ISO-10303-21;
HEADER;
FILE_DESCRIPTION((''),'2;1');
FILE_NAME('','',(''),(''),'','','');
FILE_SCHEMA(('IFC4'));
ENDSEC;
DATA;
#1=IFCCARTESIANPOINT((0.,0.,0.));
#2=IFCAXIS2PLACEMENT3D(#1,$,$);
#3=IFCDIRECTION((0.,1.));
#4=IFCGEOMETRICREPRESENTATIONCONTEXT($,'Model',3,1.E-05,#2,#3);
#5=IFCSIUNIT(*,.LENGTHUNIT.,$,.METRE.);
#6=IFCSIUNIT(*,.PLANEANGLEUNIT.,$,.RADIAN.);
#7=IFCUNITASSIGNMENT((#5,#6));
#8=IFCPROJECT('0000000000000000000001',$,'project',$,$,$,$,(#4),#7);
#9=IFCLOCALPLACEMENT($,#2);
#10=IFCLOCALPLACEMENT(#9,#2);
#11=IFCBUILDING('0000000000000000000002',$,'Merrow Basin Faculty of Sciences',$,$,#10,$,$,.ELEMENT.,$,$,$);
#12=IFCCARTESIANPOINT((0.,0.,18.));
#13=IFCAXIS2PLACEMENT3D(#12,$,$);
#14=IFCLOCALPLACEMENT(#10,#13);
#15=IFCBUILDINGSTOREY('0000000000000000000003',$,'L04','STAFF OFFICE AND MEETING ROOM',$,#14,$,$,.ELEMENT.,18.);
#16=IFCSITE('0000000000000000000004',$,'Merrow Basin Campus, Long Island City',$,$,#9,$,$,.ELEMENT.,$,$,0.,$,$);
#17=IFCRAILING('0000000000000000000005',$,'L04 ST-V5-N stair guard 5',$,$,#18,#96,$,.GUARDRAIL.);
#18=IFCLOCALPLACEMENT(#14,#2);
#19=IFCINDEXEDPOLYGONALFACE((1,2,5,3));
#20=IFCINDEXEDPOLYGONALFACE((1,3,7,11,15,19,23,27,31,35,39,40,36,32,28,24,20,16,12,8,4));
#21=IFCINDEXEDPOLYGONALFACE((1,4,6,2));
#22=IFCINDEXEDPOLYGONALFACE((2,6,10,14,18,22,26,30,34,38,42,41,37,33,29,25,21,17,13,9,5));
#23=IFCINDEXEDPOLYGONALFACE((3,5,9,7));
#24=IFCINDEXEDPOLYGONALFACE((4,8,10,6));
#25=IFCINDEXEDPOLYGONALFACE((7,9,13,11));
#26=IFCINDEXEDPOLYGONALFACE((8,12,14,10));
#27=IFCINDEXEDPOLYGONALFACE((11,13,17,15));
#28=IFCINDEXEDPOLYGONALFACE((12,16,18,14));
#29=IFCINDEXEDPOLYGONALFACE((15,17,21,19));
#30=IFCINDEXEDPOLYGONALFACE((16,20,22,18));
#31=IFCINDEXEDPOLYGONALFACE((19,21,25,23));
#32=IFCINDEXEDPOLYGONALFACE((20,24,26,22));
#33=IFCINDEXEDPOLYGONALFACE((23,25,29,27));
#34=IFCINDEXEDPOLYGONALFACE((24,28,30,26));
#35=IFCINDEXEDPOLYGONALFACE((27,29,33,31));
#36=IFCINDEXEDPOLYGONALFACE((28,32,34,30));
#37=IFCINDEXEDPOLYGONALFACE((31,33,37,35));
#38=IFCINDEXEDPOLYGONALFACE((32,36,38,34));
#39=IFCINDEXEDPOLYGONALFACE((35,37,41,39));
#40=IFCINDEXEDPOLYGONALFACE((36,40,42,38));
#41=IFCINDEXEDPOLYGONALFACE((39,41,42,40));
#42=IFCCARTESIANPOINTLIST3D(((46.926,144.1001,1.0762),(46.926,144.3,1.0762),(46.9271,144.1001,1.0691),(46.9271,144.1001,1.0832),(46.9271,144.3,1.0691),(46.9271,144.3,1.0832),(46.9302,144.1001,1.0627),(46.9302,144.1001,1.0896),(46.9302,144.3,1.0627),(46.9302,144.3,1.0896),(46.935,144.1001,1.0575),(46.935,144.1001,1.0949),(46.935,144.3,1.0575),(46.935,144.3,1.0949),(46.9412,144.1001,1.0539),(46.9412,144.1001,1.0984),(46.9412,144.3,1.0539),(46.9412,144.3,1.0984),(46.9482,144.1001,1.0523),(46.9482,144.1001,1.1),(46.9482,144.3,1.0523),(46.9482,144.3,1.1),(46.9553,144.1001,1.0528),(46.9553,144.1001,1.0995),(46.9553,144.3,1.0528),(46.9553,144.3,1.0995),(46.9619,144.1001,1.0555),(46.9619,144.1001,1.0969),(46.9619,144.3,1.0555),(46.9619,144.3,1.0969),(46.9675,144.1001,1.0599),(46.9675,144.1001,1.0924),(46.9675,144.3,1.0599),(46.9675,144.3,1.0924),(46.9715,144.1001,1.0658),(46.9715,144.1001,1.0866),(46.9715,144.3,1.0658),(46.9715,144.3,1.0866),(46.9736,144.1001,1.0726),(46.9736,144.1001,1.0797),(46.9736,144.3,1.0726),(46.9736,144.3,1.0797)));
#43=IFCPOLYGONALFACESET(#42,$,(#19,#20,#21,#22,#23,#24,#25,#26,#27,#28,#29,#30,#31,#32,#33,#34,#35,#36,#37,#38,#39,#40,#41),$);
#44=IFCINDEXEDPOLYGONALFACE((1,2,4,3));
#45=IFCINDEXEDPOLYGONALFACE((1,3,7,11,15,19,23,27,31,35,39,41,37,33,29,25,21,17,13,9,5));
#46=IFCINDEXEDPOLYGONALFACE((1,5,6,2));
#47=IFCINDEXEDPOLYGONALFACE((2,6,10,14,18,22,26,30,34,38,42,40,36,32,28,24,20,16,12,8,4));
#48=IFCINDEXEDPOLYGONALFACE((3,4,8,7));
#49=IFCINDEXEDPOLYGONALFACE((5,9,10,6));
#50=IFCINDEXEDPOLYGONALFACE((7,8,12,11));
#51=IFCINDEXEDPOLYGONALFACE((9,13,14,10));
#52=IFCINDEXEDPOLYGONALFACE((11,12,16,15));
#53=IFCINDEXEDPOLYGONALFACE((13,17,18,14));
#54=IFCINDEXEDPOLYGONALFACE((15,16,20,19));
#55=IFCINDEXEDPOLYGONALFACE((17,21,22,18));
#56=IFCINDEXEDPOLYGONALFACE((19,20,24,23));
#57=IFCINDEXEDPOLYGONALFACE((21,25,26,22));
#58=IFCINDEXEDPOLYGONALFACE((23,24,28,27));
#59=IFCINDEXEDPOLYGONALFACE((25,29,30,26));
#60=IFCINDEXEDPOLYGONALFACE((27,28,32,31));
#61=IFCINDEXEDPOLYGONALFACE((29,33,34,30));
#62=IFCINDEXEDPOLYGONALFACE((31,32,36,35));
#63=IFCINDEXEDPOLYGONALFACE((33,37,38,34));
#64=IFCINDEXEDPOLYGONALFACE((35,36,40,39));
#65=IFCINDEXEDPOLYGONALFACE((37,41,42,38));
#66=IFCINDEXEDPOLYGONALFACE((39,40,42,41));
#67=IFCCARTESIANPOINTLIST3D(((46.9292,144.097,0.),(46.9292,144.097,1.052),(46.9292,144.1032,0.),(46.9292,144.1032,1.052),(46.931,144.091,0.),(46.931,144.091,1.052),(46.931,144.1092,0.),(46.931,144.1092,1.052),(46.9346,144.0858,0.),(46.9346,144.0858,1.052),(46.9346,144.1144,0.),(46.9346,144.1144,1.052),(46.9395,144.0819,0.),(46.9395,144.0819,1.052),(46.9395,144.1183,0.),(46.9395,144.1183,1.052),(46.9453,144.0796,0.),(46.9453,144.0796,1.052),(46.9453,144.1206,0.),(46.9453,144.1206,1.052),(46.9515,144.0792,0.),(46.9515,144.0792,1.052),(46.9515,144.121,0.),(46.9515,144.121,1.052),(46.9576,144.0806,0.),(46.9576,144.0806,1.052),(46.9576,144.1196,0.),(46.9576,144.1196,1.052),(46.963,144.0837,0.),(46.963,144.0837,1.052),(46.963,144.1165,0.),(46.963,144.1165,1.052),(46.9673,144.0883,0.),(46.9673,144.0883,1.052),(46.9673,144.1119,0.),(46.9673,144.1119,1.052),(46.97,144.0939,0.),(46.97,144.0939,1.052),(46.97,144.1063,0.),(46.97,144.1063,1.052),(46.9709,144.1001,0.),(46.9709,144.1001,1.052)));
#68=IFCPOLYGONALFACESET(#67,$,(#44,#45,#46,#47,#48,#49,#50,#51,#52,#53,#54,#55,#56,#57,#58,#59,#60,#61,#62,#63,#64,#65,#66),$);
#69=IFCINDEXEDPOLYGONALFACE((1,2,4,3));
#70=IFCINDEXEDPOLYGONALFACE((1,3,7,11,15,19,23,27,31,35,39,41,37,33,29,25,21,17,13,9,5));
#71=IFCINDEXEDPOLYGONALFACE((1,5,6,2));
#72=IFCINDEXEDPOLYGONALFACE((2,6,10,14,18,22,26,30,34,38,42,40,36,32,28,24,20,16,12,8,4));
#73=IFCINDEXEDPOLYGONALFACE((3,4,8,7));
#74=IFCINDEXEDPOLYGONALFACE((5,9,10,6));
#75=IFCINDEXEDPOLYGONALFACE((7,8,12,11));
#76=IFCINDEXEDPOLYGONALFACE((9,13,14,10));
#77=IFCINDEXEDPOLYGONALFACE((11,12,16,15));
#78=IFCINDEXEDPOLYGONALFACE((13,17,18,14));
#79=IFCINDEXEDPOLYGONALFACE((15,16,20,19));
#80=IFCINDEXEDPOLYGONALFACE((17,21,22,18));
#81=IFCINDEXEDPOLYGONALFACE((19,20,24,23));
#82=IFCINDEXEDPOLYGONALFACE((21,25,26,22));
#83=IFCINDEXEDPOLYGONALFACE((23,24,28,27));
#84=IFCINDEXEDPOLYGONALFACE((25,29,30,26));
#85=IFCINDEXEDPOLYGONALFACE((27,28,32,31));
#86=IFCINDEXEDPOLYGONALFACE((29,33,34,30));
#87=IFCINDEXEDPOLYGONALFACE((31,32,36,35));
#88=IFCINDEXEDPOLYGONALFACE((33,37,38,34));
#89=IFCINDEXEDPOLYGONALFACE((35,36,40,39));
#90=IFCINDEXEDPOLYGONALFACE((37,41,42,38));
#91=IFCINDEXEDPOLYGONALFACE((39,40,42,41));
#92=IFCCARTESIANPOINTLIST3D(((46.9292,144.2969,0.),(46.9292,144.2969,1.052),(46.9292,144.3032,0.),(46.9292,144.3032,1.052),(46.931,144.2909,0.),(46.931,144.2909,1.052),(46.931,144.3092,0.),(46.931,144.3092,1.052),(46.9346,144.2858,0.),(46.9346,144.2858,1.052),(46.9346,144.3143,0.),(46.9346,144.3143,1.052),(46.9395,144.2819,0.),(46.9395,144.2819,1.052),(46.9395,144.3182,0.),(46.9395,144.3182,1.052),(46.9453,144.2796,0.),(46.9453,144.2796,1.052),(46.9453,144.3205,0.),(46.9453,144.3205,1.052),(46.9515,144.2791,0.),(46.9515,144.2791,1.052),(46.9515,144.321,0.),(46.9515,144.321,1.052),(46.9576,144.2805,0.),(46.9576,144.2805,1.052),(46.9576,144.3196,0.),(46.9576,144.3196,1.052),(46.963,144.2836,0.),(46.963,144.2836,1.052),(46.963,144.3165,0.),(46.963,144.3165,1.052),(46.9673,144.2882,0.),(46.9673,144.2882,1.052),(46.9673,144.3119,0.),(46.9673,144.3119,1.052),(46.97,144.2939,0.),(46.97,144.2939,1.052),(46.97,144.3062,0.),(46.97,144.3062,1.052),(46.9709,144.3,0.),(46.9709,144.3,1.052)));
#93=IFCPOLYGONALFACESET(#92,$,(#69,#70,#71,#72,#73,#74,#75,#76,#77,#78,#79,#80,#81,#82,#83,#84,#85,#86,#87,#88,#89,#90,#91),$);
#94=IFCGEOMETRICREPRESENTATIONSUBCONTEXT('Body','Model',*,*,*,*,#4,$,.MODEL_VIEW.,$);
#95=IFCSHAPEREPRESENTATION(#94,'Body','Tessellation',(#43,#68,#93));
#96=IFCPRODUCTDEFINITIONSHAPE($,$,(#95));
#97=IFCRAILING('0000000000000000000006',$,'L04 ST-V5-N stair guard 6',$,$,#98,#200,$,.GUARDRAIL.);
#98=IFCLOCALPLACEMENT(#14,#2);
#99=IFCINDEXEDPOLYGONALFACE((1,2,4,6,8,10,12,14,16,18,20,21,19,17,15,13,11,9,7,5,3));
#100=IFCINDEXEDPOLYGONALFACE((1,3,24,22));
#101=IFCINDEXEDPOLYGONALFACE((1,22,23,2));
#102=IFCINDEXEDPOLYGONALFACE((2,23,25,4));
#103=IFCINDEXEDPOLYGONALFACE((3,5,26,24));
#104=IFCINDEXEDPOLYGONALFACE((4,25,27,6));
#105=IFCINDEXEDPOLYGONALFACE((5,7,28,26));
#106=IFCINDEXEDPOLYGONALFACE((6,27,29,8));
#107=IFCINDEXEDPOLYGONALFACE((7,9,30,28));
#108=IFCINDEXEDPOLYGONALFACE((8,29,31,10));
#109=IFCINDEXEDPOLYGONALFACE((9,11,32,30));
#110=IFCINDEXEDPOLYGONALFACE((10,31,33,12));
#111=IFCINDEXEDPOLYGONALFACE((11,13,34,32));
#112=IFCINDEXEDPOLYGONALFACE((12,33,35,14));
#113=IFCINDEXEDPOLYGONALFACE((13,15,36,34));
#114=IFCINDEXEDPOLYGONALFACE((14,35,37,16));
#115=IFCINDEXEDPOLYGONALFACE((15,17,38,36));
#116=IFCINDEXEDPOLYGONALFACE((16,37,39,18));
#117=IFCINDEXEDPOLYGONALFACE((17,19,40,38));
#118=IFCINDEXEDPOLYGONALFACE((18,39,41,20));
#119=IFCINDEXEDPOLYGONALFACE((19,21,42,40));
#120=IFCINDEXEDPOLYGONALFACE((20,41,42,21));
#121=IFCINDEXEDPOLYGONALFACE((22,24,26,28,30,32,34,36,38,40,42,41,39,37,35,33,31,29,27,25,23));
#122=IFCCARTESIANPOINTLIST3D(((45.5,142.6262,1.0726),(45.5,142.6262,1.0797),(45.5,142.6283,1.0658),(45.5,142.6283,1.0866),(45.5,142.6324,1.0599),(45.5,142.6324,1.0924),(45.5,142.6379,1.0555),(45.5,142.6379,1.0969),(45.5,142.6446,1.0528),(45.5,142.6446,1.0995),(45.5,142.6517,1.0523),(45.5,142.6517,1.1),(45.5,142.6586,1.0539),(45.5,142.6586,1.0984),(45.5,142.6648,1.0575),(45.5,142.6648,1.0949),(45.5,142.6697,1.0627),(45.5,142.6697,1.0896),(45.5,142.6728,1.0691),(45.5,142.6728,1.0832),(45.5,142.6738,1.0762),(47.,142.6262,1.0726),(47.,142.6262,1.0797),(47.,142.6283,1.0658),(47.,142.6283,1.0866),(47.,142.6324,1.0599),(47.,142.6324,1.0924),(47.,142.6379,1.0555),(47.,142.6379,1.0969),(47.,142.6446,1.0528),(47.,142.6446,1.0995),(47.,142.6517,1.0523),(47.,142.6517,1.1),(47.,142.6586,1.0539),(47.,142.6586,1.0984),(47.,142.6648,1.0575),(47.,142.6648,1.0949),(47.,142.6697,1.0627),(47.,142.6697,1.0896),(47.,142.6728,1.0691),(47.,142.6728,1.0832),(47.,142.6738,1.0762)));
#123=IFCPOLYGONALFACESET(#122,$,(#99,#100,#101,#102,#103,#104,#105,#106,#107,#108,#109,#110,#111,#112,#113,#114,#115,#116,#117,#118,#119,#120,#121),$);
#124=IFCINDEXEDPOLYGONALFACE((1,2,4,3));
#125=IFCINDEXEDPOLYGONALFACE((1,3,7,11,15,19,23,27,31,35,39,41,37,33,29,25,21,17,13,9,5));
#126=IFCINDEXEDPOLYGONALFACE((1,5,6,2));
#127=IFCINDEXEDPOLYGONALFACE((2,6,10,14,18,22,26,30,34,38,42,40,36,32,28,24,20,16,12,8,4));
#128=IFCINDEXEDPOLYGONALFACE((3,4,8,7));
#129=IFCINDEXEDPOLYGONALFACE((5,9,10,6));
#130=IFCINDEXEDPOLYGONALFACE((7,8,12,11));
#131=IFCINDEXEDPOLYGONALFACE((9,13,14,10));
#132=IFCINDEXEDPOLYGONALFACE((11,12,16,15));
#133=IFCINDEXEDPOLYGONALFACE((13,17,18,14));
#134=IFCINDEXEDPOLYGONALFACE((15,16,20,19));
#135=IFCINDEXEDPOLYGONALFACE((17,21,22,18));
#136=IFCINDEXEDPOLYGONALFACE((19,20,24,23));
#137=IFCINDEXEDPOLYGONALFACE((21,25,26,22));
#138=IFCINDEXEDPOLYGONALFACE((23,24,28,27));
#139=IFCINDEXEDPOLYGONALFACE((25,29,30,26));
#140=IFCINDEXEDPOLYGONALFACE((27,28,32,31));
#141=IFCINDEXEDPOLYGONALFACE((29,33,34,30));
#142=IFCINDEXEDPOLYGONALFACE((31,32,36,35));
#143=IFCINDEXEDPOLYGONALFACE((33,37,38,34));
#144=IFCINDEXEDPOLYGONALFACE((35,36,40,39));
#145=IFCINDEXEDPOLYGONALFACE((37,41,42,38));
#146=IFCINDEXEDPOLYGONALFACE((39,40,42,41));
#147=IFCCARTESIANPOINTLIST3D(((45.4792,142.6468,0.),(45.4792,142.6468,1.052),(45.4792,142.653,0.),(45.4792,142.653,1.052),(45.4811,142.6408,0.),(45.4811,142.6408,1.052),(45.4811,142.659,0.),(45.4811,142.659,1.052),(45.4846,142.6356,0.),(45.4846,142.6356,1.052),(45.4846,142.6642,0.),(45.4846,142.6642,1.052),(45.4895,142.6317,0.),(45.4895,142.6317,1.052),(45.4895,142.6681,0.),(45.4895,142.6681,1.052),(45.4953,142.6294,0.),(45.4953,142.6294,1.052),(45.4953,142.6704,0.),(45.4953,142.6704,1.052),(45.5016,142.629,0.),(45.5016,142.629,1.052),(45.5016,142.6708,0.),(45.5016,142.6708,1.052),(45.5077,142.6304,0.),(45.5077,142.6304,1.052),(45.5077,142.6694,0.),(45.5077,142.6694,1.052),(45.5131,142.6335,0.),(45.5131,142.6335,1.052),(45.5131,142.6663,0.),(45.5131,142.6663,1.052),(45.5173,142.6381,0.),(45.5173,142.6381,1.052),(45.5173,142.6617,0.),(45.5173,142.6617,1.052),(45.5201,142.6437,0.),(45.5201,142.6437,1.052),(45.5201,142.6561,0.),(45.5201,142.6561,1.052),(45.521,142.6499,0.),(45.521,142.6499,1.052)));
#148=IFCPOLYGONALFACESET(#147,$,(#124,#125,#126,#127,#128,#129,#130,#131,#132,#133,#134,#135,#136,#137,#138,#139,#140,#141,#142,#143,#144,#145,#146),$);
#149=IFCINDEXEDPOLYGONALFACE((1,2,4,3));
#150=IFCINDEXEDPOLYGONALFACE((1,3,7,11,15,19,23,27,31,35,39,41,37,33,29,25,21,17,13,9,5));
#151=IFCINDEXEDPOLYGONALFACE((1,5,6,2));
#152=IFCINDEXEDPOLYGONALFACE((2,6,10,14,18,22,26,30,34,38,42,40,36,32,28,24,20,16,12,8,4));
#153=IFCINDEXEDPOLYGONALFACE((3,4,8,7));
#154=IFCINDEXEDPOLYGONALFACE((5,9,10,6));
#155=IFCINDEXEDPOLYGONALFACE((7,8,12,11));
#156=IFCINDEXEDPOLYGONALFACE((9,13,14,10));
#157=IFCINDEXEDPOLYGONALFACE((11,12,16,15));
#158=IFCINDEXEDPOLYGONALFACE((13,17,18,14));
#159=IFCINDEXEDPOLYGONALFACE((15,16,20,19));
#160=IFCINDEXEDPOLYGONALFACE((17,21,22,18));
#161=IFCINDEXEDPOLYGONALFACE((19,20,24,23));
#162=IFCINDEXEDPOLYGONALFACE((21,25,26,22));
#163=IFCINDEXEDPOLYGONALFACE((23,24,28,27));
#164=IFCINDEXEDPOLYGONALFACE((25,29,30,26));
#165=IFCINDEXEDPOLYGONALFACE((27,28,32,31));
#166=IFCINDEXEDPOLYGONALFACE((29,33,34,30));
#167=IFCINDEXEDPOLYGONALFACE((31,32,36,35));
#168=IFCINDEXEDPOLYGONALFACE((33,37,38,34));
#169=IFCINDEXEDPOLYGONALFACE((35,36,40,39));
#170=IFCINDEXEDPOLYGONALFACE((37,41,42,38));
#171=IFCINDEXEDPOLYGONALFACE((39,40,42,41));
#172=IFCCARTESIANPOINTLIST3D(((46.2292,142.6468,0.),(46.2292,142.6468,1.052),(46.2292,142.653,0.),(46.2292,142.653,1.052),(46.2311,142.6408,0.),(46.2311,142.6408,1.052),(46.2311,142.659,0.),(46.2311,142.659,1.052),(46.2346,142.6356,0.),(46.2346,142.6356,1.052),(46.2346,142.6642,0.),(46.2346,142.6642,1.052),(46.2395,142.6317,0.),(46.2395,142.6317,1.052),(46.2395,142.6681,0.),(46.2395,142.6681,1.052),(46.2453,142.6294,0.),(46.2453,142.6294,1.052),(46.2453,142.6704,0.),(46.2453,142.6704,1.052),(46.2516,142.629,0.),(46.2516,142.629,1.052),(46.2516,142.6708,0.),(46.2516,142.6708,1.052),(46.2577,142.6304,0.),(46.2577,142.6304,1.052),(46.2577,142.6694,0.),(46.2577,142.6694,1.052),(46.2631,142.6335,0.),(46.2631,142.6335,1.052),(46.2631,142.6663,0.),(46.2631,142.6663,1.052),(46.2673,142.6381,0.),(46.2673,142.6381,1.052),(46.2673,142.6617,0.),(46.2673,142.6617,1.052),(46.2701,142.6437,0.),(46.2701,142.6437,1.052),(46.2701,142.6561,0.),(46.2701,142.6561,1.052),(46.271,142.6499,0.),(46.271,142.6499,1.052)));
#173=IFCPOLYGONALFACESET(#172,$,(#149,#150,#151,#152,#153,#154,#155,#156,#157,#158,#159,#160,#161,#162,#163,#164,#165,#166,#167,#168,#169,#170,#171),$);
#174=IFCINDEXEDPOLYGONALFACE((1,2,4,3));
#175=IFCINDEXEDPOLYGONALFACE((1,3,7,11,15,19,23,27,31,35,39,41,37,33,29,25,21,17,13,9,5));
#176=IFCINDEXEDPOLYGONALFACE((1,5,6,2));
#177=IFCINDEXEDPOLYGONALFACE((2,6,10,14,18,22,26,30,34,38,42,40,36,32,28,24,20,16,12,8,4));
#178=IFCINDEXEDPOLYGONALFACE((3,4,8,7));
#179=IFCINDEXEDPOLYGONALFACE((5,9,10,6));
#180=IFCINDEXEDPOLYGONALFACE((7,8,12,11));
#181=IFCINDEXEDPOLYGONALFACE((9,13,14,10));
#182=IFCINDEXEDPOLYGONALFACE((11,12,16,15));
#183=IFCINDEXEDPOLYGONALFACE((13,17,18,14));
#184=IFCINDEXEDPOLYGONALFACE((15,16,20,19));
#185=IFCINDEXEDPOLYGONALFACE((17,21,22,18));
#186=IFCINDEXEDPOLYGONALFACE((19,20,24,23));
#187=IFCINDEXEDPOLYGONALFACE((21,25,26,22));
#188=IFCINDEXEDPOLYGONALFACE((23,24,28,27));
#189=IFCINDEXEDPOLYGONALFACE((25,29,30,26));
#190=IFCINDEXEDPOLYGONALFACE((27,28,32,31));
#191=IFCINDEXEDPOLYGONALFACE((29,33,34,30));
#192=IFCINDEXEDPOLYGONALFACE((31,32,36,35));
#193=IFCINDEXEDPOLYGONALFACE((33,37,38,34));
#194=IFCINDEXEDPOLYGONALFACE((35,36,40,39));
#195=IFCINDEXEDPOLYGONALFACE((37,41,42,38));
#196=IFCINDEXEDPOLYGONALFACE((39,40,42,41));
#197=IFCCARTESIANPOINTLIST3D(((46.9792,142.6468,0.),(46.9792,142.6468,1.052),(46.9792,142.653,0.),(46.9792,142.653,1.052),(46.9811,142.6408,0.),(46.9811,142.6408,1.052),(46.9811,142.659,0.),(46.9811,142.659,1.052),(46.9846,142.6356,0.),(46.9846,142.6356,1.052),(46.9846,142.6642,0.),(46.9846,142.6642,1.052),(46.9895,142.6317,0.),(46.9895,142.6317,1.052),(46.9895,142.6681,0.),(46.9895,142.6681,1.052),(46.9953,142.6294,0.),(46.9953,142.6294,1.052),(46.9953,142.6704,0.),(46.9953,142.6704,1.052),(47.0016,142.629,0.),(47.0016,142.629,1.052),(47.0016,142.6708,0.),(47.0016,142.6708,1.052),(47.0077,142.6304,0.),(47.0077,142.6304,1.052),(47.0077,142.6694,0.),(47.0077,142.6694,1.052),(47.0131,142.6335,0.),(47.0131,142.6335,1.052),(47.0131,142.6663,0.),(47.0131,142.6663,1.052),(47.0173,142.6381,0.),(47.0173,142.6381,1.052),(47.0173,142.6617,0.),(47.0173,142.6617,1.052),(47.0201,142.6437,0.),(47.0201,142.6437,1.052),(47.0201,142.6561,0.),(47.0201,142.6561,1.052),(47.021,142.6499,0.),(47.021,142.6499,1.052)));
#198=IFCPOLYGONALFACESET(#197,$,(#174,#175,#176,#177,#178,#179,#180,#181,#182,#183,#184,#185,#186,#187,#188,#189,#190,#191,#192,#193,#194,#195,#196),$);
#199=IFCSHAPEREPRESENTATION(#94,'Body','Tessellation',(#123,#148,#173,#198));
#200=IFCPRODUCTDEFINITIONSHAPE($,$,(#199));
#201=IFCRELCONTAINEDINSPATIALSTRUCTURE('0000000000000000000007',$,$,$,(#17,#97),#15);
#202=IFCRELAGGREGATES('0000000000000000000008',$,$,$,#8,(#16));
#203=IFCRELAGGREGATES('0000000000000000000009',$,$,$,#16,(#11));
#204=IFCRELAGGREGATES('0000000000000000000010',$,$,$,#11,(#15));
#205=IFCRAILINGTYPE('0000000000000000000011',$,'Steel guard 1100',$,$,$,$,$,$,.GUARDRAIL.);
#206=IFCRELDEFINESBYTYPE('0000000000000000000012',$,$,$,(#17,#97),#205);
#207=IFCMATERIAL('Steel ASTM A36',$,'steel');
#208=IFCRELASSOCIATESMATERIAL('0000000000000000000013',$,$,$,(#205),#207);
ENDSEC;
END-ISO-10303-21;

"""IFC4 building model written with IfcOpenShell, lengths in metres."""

from ifc_helpers import new_model, si_unit, direction, frame, origin, origin_2d, place, context, subcontext, project, spatial, circle, extrude, material, type_object, element, save


model = new_model("IFC4")

# Units and contexts
model_context = context("Model", 3, precision=1e-05, world=origin(), true_north=direction((0.0, 1.0)))
body_context = subcontext(model_context, "Body", "Model", "MODEL_VIEW")
ifc_project = project(units=[si_unit("LENGTHUNIT", "METRE"), si_unit("PLANEANGLEUNIT", "RADIAN")], contexts=[model_context])

# Site, building, storey
site_placement = place(None, origin())
site = spatial("IfcSite", under=ifc_project, at=site_placement, Name="Merrow Basin Campus, Long Island City", CompositionType="ELEMENT", RefElevation=0.0)
building_placement = place(site_placement, origin())
building = spatial("IfcBuilding", under=site, at=building_placement, Name="Merrow Basin Faculty of Sciences", CompositionType="ELEMENT")
storey_placement = place(building_placement, frame((0.0, 0.0, 18.0)))
storey = spatial("IfcBuildingStorey", under=building, at=storey_placement, Name="L04", Description="STAFF OFFICE AND MEETING ROOM", CompositionType="ELEMENT", Elevation=18.0)

# Railings
ifc_material_1 = material(Name="Steel ASTM A36", Category="steel")
railing_type_1 = type_object("IfcRailingType", Name="Steel guard 1100", PredefinedType="GUARDRAIL", material=ifc_material_1)
railing_1_placement = place(storey_placement, frame((46.95, 144.1001, 0.0)))
element("IfcRailing", 1, at=railing_1_placement, inside=storey, type_object=railing_type_1, Name="L04 ST-V5-N stair guard 5", PredefinedType="GUARDRAIL", context=body_context, shape_type="SweptSolid", body=[
    extrude(circle(Radius=0.0239, at=origin_2d()), frame((0.0, 0.0, 1.0762), z_axis=(0.0, 1.0, 0.0), x_axis=(-1.0, 0.0, 0.0)), (0.0, 0.0, 1.0), 0.2),
    extrude(circle(Radius=0.021, at=origin_2d()), origin(), (0.0, 0.0, 1.0), 1.052),
    extrude(circle(Radius=0.021, at=origin_2d()), frame((0.0, 0.2, 0.0)), (0.0, 0.0, 1.0), 1.052),
])
railing_2_placement = place(storey_placement, frame((45.5, 142.6499, 0.0)))
element("IfcRailing", 2, at=railing_2_placement, inside=storey, type_object=railing_type_1, Name="L04 ST-V5-N stair guard 6", PredefinedType="GUARDRAIL", context=body_context, shape_type="SweptSolid", body=[
    extrude(circle(Radius=0.0239, at=origin_2d()), frame((0.0, 0.0, 1.0762), z_axis=(1.0, 0.0, 0.0), x_axis=(0.0, 1.0, 0.0)), (0.0, 0.0, 1.0), 1.5),
    extrude(circle(Radius=0.021, at=origin_2d()), origin(), (0.0, 0.0, 1.0), 1.052),
    extrude(circle(Radius=0.021, at=origin_2d()), frame((0.75, 0.0, 0.0)), (0.0, 0.0, 1.0), 1.052),
    extrude(circle(Radius=0.021, at=origin_2d()), frame((1.5, 0.0, 0.0)), (0.0, 0.0, 1.0), 1.052),
])

save(model, "model.ifc")
